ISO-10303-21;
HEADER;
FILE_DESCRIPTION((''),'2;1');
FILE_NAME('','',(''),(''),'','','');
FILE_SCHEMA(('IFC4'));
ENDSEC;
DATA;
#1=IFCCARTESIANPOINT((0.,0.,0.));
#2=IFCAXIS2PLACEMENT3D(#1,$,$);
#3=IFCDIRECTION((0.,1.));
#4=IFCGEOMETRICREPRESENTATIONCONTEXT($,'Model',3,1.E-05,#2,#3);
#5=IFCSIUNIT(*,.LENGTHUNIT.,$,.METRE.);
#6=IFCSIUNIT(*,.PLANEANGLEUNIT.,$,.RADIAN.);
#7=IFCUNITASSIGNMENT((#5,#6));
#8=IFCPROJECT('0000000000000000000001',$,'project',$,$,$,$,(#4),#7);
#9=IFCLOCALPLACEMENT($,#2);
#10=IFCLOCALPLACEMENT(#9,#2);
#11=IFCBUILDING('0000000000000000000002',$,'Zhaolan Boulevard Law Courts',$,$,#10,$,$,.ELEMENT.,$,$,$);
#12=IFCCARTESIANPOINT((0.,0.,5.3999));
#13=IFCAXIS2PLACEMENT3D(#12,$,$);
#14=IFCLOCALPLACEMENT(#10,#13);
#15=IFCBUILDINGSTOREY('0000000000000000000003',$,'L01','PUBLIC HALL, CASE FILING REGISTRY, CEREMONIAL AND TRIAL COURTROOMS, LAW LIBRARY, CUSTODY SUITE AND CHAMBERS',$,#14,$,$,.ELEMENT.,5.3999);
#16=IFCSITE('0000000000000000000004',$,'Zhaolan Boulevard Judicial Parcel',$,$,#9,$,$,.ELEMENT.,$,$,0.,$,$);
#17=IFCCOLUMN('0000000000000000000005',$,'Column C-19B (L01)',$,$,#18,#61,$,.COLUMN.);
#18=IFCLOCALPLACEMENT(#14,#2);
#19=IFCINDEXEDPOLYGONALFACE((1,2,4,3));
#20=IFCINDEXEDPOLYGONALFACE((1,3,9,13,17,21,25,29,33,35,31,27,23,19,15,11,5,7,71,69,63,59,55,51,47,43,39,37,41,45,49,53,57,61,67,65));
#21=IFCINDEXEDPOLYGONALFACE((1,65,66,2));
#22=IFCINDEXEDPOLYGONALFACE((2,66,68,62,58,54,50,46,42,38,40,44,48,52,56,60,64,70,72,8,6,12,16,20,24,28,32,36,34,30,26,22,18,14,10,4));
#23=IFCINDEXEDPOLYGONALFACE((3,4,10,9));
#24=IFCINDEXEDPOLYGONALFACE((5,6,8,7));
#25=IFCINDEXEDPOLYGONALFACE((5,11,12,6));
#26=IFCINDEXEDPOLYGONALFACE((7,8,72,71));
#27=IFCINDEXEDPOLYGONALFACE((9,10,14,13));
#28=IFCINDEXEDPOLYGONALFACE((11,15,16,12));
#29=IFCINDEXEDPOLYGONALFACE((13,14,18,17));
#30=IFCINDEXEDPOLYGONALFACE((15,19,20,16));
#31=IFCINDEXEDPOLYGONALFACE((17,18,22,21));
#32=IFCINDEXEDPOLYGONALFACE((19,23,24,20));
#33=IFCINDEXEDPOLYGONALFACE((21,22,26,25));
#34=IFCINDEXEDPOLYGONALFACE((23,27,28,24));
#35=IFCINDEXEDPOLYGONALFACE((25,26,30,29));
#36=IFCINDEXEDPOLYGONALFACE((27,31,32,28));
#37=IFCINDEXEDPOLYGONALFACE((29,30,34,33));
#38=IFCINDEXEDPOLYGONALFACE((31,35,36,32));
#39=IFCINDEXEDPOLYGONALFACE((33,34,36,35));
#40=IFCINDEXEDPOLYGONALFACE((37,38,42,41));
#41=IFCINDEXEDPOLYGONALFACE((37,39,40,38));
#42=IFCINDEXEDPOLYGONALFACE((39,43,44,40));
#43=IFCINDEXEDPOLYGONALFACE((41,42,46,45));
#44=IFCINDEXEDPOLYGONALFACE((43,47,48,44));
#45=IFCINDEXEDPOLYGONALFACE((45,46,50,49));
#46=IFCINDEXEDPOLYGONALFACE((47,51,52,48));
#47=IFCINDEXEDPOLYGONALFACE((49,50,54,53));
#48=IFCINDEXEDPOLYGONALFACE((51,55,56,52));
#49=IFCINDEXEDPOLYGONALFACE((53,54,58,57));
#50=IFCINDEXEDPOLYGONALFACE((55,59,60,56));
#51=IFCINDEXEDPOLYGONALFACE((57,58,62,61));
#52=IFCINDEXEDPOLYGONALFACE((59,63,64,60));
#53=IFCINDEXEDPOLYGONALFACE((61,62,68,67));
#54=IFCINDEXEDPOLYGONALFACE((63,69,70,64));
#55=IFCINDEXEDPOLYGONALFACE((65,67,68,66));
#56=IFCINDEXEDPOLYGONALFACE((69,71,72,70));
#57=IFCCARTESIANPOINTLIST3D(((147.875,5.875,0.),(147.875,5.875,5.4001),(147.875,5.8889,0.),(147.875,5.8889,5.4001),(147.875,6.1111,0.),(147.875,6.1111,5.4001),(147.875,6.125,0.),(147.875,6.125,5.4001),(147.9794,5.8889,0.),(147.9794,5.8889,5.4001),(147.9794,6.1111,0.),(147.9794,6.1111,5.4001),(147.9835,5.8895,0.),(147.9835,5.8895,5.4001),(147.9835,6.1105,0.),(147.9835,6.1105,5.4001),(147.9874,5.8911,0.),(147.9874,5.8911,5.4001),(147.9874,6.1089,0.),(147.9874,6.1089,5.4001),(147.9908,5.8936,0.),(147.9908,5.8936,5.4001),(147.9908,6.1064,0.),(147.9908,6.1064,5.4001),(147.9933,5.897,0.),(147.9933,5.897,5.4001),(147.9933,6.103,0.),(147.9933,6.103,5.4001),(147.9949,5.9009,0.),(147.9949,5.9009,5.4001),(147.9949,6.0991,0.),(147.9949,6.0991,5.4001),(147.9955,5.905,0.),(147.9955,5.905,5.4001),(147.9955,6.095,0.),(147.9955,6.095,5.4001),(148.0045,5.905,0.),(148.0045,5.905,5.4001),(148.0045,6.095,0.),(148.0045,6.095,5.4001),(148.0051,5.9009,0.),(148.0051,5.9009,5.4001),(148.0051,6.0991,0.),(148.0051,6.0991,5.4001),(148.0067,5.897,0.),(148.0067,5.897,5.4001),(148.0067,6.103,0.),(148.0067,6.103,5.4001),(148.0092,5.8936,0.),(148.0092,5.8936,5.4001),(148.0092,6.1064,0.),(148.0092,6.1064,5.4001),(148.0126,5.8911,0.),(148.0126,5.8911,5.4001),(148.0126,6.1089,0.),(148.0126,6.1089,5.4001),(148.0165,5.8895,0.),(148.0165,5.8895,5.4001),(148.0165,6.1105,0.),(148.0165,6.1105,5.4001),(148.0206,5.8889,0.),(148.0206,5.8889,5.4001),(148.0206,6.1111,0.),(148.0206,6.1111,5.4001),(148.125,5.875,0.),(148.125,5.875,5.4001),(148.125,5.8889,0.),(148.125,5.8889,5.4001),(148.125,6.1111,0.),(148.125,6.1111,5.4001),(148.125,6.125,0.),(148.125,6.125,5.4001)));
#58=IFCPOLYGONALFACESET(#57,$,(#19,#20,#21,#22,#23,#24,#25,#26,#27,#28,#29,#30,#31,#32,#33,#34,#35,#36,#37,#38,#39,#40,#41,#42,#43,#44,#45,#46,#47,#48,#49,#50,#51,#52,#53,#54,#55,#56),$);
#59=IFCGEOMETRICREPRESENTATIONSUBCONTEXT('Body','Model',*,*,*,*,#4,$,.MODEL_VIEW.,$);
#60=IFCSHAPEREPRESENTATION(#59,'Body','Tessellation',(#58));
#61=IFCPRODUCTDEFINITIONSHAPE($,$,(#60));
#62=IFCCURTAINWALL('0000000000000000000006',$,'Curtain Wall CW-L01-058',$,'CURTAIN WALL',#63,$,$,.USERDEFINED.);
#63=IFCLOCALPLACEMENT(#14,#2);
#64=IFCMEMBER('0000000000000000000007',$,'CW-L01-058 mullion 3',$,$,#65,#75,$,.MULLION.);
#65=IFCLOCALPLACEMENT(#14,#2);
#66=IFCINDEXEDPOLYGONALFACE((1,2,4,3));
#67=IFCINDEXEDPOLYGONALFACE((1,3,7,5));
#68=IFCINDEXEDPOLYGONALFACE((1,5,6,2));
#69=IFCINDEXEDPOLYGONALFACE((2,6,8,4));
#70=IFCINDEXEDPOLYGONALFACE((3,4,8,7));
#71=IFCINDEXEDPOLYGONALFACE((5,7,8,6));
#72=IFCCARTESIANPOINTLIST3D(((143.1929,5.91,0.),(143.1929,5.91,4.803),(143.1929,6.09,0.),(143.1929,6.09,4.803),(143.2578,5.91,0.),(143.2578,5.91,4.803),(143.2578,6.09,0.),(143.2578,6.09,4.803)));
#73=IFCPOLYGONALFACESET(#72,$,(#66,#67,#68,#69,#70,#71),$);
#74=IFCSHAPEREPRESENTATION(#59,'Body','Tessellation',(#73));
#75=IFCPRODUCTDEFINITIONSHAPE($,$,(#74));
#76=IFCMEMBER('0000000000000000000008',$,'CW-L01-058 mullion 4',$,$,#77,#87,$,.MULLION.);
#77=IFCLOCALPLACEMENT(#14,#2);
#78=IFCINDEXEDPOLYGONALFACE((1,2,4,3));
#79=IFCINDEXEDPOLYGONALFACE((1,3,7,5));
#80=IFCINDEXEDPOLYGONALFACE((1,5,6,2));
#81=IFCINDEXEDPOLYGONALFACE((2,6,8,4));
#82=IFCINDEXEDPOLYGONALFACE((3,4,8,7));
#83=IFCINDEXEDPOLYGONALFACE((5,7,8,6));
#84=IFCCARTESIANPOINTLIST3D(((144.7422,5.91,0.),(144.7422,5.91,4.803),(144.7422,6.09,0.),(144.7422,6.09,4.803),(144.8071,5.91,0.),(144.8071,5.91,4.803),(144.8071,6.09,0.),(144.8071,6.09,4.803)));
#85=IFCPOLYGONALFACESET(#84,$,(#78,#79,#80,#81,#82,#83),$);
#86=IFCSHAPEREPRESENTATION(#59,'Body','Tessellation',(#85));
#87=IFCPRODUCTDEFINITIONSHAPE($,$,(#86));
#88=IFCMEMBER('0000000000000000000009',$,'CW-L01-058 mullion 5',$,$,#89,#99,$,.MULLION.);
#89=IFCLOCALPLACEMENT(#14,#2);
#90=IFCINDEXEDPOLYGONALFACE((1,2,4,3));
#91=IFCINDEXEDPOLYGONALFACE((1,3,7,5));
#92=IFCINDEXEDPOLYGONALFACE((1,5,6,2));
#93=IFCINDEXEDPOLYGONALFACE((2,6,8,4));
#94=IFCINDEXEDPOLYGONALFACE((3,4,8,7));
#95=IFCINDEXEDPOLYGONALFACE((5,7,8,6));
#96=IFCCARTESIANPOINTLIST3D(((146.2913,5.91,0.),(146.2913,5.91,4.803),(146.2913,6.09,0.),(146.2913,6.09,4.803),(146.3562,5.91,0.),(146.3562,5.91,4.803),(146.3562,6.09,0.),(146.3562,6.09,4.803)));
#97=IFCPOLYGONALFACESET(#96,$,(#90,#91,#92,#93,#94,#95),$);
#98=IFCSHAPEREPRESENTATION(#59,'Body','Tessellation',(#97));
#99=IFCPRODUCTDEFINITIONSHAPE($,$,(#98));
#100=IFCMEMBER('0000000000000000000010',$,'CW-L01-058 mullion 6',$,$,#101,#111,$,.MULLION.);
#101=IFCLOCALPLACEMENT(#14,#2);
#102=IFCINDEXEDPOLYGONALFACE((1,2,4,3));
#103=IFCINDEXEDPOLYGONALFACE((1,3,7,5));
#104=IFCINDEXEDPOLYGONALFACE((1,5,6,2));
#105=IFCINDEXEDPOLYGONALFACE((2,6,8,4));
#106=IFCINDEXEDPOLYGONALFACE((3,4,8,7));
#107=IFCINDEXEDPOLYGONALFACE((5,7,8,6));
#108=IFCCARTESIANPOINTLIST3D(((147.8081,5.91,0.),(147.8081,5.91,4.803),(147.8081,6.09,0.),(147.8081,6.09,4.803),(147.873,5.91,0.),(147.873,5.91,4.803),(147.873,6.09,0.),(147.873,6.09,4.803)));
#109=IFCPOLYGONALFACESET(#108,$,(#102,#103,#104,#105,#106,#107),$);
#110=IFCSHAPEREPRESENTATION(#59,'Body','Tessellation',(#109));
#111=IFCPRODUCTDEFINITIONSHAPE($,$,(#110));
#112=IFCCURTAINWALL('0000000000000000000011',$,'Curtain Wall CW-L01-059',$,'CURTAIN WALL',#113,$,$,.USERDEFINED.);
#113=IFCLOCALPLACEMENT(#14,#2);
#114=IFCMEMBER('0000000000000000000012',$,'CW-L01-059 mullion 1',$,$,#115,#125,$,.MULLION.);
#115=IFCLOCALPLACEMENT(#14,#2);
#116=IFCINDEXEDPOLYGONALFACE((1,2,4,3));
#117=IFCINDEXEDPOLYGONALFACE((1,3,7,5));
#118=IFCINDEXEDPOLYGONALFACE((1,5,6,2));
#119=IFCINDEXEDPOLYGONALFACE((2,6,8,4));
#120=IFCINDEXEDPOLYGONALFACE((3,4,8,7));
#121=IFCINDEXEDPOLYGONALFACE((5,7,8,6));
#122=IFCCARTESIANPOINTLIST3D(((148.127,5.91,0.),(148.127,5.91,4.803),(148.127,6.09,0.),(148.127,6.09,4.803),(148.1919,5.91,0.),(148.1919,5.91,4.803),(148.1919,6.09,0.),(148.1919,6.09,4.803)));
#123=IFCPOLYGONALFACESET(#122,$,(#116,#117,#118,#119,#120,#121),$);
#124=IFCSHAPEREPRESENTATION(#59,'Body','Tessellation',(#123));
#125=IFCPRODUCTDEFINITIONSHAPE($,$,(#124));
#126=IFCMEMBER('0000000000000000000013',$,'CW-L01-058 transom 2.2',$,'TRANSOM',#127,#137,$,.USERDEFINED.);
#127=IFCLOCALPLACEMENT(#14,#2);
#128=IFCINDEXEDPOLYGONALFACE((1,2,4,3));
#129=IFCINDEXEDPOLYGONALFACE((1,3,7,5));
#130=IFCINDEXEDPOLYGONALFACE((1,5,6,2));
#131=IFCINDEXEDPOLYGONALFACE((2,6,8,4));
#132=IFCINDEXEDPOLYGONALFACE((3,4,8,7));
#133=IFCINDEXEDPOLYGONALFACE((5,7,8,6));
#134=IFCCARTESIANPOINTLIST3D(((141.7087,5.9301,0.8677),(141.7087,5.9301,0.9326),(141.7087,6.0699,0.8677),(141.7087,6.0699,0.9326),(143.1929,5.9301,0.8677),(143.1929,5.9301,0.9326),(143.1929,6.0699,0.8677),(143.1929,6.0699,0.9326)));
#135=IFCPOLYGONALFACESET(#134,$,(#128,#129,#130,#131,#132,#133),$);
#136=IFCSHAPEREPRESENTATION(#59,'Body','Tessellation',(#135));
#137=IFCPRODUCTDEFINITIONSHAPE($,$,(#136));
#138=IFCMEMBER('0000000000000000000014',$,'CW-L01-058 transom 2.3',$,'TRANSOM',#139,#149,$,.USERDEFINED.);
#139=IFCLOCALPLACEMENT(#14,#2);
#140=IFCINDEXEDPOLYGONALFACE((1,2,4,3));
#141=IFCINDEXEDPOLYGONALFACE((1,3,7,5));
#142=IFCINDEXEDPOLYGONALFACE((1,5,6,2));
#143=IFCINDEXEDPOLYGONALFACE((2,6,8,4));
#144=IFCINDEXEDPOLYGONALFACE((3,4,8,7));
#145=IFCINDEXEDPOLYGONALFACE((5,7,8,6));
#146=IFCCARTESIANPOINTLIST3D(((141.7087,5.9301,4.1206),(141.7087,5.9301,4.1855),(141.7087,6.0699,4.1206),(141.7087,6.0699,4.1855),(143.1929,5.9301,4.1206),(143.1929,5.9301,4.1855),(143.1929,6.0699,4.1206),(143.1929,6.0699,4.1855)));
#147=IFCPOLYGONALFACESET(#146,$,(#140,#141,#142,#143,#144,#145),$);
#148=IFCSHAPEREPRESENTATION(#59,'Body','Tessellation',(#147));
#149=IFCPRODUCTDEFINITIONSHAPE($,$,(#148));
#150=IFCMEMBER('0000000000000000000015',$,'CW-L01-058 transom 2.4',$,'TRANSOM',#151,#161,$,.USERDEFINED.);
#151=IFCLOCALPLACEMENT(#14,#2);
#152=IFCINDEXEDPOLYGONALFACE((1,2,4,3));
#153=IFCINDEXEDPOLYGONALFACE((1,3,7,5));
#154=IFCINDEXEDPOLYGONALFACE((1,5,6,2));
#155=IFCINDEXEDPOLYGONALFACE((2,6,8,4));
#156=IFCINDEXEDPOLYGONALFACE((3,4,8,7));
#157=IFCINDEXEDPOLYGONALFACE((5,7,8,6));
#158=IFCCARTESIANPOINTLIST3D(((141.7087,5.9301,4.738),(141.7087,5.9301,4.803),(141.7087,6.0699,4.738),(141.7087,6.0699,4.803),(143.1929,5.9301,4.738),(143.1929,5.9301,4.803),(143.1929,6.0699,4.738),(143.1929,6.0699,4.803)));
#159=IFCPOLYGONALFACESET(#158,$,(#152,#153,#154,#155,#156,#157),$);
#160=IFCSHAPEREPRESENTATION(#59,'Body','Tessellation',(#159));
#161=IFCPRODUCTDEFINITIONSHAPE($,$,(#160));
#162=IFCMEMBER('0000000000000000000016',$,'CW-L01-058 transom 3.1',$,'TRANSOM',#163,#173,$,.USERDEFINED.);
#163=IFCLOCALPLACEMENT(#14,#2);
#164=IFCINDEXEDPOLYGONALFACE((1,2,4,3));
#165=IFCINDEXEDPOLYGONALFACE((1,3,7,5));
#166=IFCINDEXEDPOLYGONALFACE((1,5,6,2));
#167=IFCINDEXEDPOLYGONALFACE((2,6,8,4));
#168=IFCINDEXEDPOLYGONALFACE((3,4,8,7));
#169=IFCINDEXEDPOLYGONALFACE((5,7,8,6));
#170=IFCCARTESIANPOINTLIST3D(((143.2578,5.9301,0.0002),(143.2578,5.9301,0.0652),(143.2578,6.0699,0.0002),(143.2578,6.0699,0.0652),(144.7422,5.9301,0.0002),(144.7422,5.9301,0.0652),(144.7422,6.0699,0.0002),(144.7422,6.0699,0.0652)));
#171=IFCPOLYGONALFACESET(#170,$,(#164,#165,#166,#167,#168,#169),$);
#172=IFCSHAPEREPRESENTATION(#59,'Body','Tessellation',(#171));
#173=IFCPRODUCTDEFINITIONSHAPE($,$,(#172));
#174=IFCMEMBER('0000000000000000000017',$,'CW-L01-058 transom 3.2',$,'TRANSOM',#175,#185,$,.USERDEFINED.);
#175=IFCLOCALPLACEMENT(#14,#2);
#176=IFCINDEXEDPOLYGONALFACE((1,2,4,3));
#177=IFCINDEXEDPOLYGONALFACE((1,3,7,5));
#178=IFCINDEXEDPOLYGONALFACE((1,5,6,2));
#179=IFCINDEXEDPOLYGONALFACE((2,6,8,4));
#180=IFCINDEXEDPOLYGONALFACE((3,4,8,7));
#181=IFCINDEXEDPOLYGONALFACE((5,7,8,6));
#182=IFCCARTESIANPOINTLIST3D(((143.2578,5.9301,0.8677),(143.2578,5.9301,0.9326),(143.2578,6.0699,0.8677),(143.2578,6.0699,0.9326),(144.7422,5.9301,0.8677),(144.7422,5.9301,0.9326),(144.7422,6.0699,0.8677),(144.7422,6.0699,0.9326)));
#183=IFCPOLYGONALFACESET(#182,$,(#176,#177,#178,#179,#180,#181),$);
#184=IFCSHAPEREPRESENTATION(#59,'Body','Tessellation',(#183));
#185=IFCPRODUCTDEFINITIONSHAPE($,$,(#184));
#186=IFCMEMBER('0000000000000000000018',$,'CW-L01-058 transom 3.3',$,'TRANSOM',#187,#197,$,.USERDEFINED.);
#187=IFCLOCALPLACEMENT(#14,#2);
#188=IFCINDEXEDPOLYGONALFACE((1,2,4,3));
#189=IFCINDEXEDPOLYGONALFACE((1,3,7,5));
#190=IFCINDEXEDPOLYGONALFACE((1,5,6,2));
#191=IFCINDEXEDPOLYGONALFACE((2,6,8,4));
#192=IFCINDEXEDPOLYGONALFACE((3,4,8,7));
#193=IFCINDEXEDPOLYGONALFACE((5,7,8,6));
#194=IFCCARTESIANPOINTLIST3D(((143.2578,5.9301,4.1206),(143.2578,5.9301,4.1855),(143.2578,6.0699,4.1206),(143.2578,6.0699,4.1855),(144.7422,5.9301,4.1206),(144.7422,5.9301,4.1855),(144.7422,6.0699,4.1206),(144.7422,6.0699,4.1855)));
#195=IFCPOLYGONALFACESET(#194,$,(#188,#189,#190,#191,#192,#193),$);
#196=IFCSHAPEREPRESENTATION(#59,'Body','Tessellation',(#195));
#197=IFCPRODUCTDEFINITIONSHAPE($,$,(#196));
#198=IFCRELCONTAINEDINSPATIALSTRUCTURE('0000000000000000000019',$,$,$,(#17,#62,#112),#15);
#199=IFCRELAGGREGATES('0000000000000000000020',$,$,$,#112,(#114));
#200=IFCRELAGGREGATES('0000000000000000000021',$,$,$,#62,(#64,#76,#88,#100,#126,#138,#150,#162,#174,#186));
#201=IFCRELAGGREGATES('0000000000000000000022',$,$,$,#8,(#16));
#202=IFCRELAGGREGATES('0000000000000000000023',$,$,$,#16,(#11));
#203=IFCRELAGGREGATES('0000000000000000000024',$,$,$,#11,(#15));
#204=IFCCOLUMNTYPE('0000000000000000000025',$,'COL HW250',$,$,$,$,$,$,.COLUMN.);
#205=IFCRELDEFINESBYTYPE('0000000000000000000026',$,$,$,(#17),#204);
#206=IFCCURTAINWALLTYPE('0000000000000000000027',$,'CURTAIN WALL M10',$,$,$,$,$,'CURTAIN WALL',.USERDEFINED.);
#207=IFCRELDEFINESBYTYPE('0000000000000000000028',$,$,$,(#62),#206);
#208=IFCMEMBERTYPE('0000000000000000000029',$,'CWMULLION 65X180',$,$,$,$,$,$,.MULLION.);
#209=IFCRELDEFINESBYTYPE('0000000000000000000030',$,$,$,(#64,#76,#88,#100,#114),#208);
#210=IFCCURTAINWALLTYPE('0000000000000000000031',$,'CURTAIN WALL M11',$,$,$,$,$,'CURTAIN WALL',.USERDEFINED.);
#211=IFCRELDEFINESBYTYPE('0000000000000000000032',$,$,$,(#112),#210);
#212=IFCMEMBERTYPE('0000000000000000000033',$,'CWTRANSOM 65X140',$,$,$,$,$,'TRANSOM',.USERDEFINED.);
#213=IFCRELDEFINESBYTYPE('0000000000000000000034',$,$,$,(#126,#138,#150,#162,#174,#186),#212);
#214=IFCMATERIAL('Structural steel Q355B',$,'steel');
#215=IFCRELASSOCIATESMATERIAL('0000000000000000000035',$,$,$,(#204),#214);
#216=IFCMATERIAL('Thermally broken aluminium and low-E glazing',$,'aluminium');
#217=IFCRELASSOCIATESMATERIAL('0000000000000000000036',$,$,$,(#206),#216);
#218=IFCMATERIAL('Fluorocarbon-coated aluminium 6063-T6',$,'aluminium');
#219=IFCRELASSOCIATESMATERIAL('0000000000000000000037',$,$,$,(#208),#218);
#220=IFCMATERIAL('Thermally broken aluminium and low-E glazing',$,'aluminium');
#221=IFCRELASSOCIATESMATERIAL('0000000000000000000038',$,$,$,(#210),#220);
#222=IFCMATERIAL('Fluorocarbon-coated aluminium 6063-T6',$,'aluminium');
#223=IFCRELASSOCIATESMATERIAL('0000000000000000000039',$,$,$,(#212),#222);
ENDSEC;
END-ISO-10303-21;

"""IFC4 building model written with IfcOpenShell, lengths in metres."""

from ifc_helpers import new_model, si_unit, direction, frame, origin, origin_2d, place, context, subcontext, project, spatial, rectangle, i_section, extrude, material, material_profile, profile_set, type_object, element, aggregate, save


model = new_model("IFC4")

# Units and contexts
model_context = context("Model", 3, precision=1e-05, world=origin(), true_north=direction((0.0, 1.0)))
body_context = subcontext(model_context, "Body", "Model", "MODEL_VIEW")
ifc_project = project(units=[si_unit("LENGTHUNIT", "METRE"), si_unit("PLANEANGLEUNIT", "RADIAN")], contexts=[model_context])

# Site, building, storey
site_placement = place(None, origin())
site = spatial("IfcSite", under=ifc_project, at=site_placement, Name="Zhaolan Boulevard Judicial Parcel", CompositionType="ELEMENT", RefElevation=0.0)
building_placement = place(site_placement, origin())
building = spatial("IfcBuilding", under=site, at=building_placement, Name="Zhaolan Boulevard Law Courts", CompositionType="ELEMENT")
storey_placement = place(building_placement, frame((0.0, 0.0, 5.3999)))
storey = spatial("IfcBuildingStorey", under=building, at=storey_placement, Name="L01", Description="PUBLIC HALL, CASE FILING REGISTRY, CEREMONIAL AND TRIAL COURTROOMS, LAW LIBRARY, CUSTODY SUITE AND CHAMBERS", CompositionType="ELEMENT", Elevation=5.3999)

# Column
ifc_material_1 = material(Name="Structural steel Q355B", Category="steel")
ifc_material_profile_1 = material_profile(ifc_material_1, i_section(OverallWidth=0.25, OverallDepth=0.25, WebThickness=0.009, FlangeThickness=0.0139, FilletRadius=0.0161, at=origin_2d()), Name="HW250x250")
ifc_profile_set_1 = profile_set([ifc_material_profile_1], Name="Structural steel Q355B")
column_type = type_object("IfcColumnType", Name="COL HW250", PredefinedType="COLUMN", material=ifc_profile_set_1)
column_placement = place(storey_placement, frame((148.0, 6.0, 0.0), z_axis=(0.0, 0.0, 1.0), x_axis=(1.0, 0.0, 0.0)))
element("IfcColumn", 1, at=column_placement, inside=storey, type_object=column_type, Name="Column C-19B (L01)", PredefinedType="COLUMN", context=body_context, shape_type="SweptSolid", body=[
    extrude(i_section(OverallWidth=0.25, OverallDepth=0.25, WebThickness=0.009, FlangeThickness=0.0139, FilletRadius=0.0161, at=origin_2d()), origin(), (0.0, 0.0, 1.0), 5.4001),
])

# Curtain wall, members
ifc_material_2 = material(Name="Thermally broken aluminium and low-E glazing", Category="aluminium")
curtain_wall_type_1 = type_object("IfcCurtainWallType", Name="CURTAIN WALL M10", ElementType="CURTAIN WALL", PredefinedType="USERDEFINED", material=ifc_material_2)
curtain_wall_1_placement = place(storey_placement, origin())
curtain_wall_1 = element("IfcCurtainWall", 2, at=curtain_wall_1_placement, inside=storey, type_object=curtain_wall_type_1, Name="Curtain Wall CW-L01-058", ObjectType="CURTAIN WALL", PredefinedType="USERDEFINED")
ifc_material_3 = material(Name="Fluorocarbon-coated aluminium 6063-T6", Category="aluminium")
ifc_material_profile_2 = material_profile(ifc_material_3, rectangle(XDim=0.1799, YDim=0.0649, at=origin_2d()), Name="AL65x180")
ifc_profile_set_2 = profile_set([ifc_material_profile_2], Name="Fluorocarbon-coated aluminium 6063-T6")
member_type_1 = type_object("IfcMemberType", Name="CWMULLION 65X180", PredefinedType="MULLION", material=ifc_profile_set_2)
member_1_placement = place(storey_placement, frame((143.2253, 6.0, 0.0), z_axis=(0.0, 0.0, 1.0), x_axis=(0.0, 1.0, 0.0)))
member_1 = element("IfcMember", 3, at=member_1_placement, type_object=member_type_1, Name="CW-L01-058 mullion 3", PredefinedType="MULLION", context=body_context, shape_type="SweptSolid", body=[
    extrude(rectangle(XDim=0.1799, YDim=0.0649, at=origin_2d()), origin(), (0.0, 0.0, 1.0), 4.803),
])
member_2_placement = place(storey_placement, frame((144.7747, 6.0, 0.0), z_axis=(0.0, 0.0, 1.0), x_axis=(0.0, 1.0, 0.0)))
member_2 = element("IfcMember", 4, at=member_2_placement, type_object=member_type_1, Name="CW-L01-058 mullion 4", PredefinedType="MULLION", context=body_context, shape_type="SweptSolid", body=[
    extrude(rectangle(XDim=0.1799, YDim=0.0649, at=origin_2d()), origin(), (0.0, 0.0, 1.0), 4.803),
])
member_3_placement = place(storey_placement, frame((146.3237, 6.0, 0.0), z_axis=(0.0, 0.0, 1.0), x_axis=(0.0, 1.0, 0.0)))
member_3 = element("IfcMember", 5, at=member_3_placement, type_object=member_type_1, Name="CW-L01-058 mullion 5", PredefinedType="MULLION", context=body_context, shape_type="SweptSolid", body=[
    extrude(rectangle(XDim=0.1799, YDim=0.0649, at=origin_2d()), origin(), (0.0, 0.0, 1.0), 4.803),
])
member_4_placement = place(storey_placement, frame((147.8406, 6.0, 0.0), z_axis=(0.0, 0.0, 1.0), x_axis=(0.0, 1.0, 0.0)))
member_4 = element("IfcMember", 6, at=member_4_placement, type_object=member_type_1, Name="CW-L01-058 mullion 6", PredefinedType="MULLION", context=body_context, shape_type="SweptSolid", body=[
    extrude(rectangle(XDim=0.1799, YDim=0.0649, at=origin_2d()), origin(), (0.0, 0.0, 1.0), 4.803),
])

# Curtain wall, member
ifc_material_4 = material(Name="Thermally broken aluminium and low-E glazing", Category="aluminium")
curtain_wall_type_2 = type_object("IfcCurtainWallType", Name="CURTAIN WALL M11", ElementType="CURTAIN WALL", PredefinedType="USERDEFINED", material=ifc_material_4)
curtain_wall_2_placement = place(storey_placement, origin())
curtain_wall_2 = element("IfcCurtainWall", 7, at=curtain_wall_2_placement, inside=storey, type_object=curtain_wall_type_2, Name="Curtain Wall CW-L01-059", ObjectType="CURTAIN WALL", PredefinedType="USERDEFINED")
member_5_placement = place(storey_placement, frame((148.1594, 6.0, 0.0), z_axis=(0.0, 0.0, 1.0), x_axis=(0.0, 1.0, 0.0)))
member_5 = element("IfcMember", 8, at=member_5_placement, type_object=member_type_1, Name="CW-L01-059 mullion 1", PredefinedType="MULLION", context=body_context, shape_type="SweptSolid", body=[
    extrude(rectangle(XDim=0.1799, YDim=0.0649, at=origin_2d()), origin(), (0.0, 0.0, 1.0), 4.803),
])

# Members
ifc_material_5 = material(Name="Fluorocarbon-coated aluminium 6063-T6", Category="aluminium")
ifc_material_profile_3 = material_profile(ifc_material_5, rectangle(XDim=0.1399, YDim=0.0649, at=origin_2d()), Name="AL65x140")
ifc_profile_set_3 = profile_set([ifc_material_profile_3], Name="Fluorocarbon-coated aluminium 6063-T6")
member_type_2 = type_object("IfcMemberType", Name="CWTRANSOM 65X140", ElementType="TRANSOM", PredefinedType="USERDEFINED", material=ifc_profile_set_3)
member_6_placement = place(storey_placement, frame((141.7087, 6.0, 0.9001), z_axis=(1.0, 0.0, 0.0), x_axis=(0.0, 1.0, 0.0)))
member_6 = element("IfcMember", 9, at=member_6_placement, type_object=member_type_2, Name="CW-L01-058 transom 2.2", ObjectType="TRANSOM", PredefinedType="USERDEFINED", context=body_context, shape_type="SweptSolid", body=[
    extrude(rectangle(XDim=0.1399, YDim=0.0649, at=origin_2d()), origin(), (0.0, 0.0, 1.0), 1.4841),
])
member_7_placement = place(storey_placement, frame((141.7087, 6.0, 4.1531), z_axis=(1.0, 0.0, 0.0), x_axis=(0.0, 1.0, 0.0)))
member_7 = element("IfcMember", 10, at=member_7_placement, type_object=member_type_2, Name="CW-L01-058 transom 2.3", ObjectType="TRANSOM", PredefinedType="USERDEFINED", context=body_context, shape_type="SweptSolid", body=[
    extrude(rectangle(XDim=0.1399, YDim=0.0649, at=origin_2d()), origin(), (0.0, 0.0, 1.0), 1.4841),
])
member_8_placement = place(storey_placement, frame((141.7087, 6.0, 4.7705), z_axis=(1.0, 0.0, 0.0), x_axis=(0.0, 1.0, 0.0)))
member_8 = element("IfcMember", 11, at=member_8_placement, type_object=member_type_2, Name="CW-L01-058 transom 2.4", ObjectType="TRANSOM", PredefinedType="USERDEFINED", context=body_context, shape_type="SweptSolid", body=[
    extrude(rectangle(XDim=0.1399, YDim=0.0649, at=origin_2d()), origin(), (0.0, 0.0, 1.0), 1.4841),
])
member_9_placement = place(storey_placement, frame((143.2578, 6.0, 0.0327), z_axis=(1.0, 0.0, 0.0), x_axis=(0.0, 1.0, 0.0)))
member_9 = element("IfcMember", 12, at=member_9_placement, type_object=member_type_2, Name="CW-L01-058 transom 3.1", ObjectType="TRANSOM", PredefinedType="USERDEFINED", context=body_context, shape_type="SweptSolid", body=[
    extrude(rectangle(XDim=0.1399, YDim=0.0649, at=origin_2d()), origin(), (0.0, 0.0, 1.0), 1.4844),
])
member_10_placement = place(storey_placement, frame((143.2578, 6.0, 0.9001), z_axis=(1.0, 0.0, 0.0), x_axis=(0.0, 1.0, 0.0)))
member_10 = element("IfcMember", 13, at=member_10_placement, type_object=member_type_2, Name="CW-L01-058 transom 3.2", ObjectType="TRANSOM", PredefinedType="USERDEFINED", context=body_context, shape_type="SweptSolid", body=[
    extrude(rectangle(XDim=0.1399, YDim=0.0649, at=origin_2d()), origin(), (0.0, 0.0, 1.0), 1.4844),
])
member_11_placement = place(storey_placement, frame((143.2578, 6.0, 4.1531), z_axis=(1.0, 0.0, 0.0), x_axis=(0.0, 1.0, 0.0)))
member_11 = element("IfcMember", 14, at=member_11_placement, type_object=member_type_2, Name="CW-L01-058 transom 3.3", ObjectType="TRANSOM", PredefinedType="USERDEFINED", context=body_context, shape_type="SweptSolid", body=[
    extrude(rectangle(XDim=0.1399, YDim=0.0649, at=origin_2d()), origin(), (0.0, 0.0, 1.0), 1.4844),
])
aggregate(curtain_wall_2, [member_5])

aggregate(curtain_wall_1, [member_1, member_2, member_3, member_4, member_6, member_7, member_8, member_9, member_10, member_11])

save(model, "model.ifc")
